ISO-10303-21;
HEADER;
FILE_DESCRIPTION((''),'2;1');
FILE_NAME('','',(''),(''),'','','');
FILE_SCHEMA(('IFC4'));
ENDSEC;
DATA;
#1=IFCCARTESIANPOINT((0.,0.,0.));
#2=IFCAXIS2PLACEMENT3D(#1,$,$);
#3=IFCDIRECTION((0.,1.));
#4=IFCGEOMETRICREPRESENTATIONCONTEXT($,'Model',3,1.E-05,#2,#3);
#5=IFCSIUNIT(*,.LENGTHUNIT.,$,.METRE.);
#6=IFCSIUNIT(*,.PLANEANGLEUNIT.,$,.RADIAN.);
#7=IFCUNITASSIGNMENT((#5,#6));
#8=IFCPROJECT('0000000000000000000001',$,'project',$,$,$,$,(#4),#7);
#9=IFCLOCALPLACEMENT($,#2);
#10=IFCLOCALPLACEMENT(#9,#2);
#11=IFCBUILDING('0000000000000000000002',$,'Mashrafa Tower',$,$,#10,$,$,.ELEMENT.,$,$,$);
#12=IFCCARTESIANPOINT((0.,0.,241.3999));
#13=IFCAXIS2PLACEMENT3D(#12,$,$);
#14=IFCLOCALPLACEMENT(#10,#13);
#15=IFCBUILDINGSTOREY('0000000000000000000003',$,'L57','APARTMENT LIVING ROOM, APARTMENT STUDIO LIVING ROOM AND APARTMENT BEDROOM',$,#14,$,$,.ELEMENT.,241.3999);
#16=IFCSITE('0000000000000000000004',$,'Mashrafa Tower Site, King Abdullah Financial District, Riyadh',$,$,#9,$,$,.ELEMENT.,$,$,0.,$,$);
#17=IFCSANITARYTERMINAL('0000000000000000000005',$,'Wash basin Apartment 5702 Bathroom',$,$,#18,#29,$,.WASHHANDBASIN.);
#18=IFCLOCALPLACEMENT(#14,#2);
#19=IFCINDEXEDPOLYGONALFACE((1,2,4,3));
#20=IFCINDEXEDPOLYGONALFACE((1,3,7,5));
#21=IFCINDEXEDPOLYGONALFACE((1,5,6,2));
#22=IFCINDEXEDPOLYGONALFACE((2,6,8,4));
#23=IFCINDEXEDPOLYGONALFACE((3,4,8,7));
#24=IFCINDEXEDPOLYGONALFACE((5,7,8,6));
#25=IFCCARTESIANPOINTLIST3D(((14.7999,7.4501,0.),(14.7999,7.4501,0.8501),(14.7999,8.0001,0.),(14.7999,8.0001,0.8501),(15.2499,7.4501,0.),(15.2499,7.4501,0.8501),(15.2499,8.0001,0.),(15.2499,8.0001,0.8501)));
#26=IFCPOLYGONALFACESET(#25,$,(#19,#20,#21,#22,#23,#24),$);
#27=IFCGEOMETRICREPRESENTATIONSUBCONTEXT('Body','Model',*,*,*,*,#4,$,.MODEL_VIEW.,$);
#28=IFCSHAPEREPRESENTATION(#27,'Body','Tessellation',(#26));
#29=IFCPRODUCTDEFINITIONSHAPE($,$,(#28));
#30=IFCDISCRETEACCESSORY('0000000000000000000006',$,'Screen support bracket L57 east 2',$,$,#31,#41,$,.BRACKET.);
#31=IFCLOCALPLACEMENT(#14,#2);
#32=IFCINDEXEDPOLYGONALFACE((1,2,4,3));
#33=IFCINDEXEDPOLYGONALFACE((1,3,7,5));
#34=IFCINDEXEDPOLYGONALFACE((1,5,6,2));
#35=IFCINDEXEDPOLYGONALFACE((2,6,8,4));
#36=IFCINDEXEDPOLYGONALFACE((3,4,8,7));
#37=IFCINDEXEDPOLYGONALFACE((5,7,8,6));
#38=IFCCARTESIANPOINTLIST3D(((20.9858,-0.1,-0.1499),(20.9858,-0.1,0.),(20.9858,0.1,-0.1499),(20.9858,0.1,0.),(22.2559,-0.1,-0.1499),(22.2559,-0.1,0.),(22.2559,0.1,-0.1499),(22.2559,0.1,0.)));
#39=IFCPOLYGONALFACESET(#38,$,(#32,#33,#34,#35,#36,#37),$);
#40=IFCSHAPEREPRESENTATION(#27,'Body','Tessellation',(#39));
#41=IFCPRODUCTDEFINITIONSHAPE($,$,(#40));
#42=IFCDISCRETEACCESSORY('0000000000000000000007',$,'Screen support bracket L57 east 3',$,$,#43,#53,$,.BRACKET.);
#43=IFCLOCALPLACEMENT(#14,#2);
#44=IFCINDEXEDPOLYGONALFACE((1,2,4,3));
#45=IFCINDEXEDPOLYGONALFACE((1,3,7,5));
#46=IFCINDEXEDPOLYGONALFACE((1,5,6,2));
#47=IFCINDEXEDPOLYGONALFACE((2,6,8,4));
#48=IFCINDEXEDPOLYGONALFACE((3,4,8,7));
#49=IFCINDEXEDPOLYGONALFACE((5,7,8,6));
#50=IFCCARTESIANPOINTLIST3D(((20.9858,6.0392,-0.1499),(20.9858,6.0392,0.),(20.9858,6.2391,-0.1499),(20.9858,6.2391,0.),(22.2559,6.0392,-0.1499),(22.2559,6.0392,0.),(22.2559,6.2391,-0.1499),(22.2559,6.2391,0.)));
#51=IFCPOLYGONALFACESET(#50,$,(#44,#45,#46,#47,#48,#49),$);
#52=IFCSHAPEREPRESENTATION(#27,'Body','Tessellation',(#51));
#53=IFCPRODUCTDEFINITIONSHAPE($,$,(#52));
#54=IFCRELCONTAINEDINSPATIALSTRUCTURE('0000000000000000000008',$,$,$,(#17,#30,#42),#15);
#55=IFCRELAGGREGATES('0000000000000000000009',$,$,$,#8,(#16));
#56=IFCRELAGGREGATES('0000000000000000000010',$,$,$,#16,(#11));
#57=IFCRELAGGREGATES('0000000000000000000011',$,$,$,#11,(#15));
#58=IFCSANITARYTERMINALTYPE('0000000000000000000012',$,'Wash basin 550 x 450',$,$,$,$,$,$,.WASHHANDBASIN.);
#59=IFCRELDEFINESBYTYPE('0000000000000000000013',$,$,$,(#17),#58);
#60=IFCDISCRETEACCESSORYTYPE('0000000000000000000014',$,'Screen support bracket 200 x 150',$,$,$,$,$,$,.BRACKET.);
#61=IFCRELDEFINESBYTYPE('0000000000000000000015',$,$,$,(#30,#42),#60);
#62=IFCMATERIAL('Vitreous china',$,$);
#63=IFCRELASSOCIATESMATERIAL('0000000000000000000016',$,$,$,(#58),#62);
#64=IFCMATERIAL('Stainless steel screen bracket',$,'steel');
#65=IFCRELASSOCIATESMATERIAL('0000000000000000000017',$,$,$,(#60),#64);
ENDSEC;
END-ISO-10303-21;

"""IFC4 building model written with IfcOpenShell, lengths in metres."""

from ifc_helpers import new_model, si_unit, direction, frame, origin, origin_2d, place, context, subcontext, project, spatial, rectangle, extrude, source, transform, mapped, material, type_object, type_shapes, element, save


model = new_model("IFC4")

# Units and contexts
model_context = context("Model", 3, precision=1e-05, world=origin(), true_north=direction((0.0, 1.0)))
body_context = subcontext(model_context, "Body", "Model", "MODEL_VIEW")
ifc_project = project(units=[si_unit("LENGTHUNIT", "METRE"), si_unit("PLANEANGLEUNIT", "RADIAN")], contexts=[model_context])

# Site, building, storey
site_placement = place(None, origin())
site = spatial("IfcSite", under=ifc_project, at=site_placement, Name="Mashrafa Tower Site, King Abdullah Financial District, Riyadh", CompositionType="ELEMENT", RefElevation=0.0)
building_placement = place(site_placement, origin())
building = spatial("IfcBuilding", under=site, at=building_placement, Name="Mashrafa Tower", CompositionType="ELEMENT")
storey_placement = place(building_placement, frame((0.0, 0.0, 241.3999)))
storey = spatial("IfcBuildingStorey", under=building, at=storey_placement, Name="L57", Description="APARTMENT LIVING ROOM, APARTMENT STUDIO LIVING ROOM AND APARTMENT BEDROOM", CompositionType="ELEMENT", Elevation=241.3999)

# Sanitary terminal
ifc_material_1 = material(Name="Vitreous china")
sanitary_terminal_type_1 = type_object("IfcSanitaryTerminalType", Name="Wash basin 550 x 450", PredefinedType="WASHHANDBASIN", material=ifc_material_1)
sanitary_terminal_1_placement = place(storey_placement, frame((15.0249, 7.7251, 0.0), z_axis=(0.0, 0.0, 1.0), x_axis=(0.0, 1.0, 0.0)))
element("IfcSanitaryTerminal", 1, at=sanitary_terminal_1_placement, inside=storey, type_object=sanitary_terminal_type_1, Name="Wash basin Apartment 5702 Bathroom", PredefinedType="WASHHANDBASIN", context=body_context, shape_type="SweptSolid", body=[
    extrude(rectangle(XDim=0.55, YDim=0.45, at=origin_2d()), origin(), (0.0, 0.0, 1.0), 0.8501),
])

# Discrete accessories
ifc_material_2 = material(Name="Stainless steel screen bracket", Category="steel")
discrete_accessory_type = type_object("IfcDiscreteAccessoryType", Name="Screen support bracket 200 x 150", PredefinedType="BRACKET", material=ifc_material_2)
shared_shape_1 = source(origin(), body_context, "Body", "SweptSolid", [
    extrude(rectangle(XDim=0.2, YDim=1.27, at=origin_2d()), origin(), (0.0, 0.0, 1.0), 0.1499),
])
type_shapes(discrete_accessory_type, [shared_shape_1])
for number, where, z_axis, x_axis, name in (
    (2, (21.6208, 0.0, -0.1499), (0.0, 0.0, 1.0), (0.0, 1.0, 0.0), "Screen support bracket L57 east 2"),
    (3, (21.6208, 6.1392, -0.1499), (0.0, 0.0, 1.0), (0.0, 1.0, 0.0), "Screen support bracket L57 east 3"),
):
    element("IfcDiscreteAccessory", number, at=place(storey_placement, frame(where, z_axis=z_axis, x_axis=x_axis)), inside=storey, type_object=discrete_accessory_type, Name=name, PredefinedType="BRACKET", context=body_context, shape_type="MappedRepresentation", body=[
        mapped(shared_shape_1, transform((0.0, 0.0, 0.0))),
    ])

save(model, "model.ifc")
